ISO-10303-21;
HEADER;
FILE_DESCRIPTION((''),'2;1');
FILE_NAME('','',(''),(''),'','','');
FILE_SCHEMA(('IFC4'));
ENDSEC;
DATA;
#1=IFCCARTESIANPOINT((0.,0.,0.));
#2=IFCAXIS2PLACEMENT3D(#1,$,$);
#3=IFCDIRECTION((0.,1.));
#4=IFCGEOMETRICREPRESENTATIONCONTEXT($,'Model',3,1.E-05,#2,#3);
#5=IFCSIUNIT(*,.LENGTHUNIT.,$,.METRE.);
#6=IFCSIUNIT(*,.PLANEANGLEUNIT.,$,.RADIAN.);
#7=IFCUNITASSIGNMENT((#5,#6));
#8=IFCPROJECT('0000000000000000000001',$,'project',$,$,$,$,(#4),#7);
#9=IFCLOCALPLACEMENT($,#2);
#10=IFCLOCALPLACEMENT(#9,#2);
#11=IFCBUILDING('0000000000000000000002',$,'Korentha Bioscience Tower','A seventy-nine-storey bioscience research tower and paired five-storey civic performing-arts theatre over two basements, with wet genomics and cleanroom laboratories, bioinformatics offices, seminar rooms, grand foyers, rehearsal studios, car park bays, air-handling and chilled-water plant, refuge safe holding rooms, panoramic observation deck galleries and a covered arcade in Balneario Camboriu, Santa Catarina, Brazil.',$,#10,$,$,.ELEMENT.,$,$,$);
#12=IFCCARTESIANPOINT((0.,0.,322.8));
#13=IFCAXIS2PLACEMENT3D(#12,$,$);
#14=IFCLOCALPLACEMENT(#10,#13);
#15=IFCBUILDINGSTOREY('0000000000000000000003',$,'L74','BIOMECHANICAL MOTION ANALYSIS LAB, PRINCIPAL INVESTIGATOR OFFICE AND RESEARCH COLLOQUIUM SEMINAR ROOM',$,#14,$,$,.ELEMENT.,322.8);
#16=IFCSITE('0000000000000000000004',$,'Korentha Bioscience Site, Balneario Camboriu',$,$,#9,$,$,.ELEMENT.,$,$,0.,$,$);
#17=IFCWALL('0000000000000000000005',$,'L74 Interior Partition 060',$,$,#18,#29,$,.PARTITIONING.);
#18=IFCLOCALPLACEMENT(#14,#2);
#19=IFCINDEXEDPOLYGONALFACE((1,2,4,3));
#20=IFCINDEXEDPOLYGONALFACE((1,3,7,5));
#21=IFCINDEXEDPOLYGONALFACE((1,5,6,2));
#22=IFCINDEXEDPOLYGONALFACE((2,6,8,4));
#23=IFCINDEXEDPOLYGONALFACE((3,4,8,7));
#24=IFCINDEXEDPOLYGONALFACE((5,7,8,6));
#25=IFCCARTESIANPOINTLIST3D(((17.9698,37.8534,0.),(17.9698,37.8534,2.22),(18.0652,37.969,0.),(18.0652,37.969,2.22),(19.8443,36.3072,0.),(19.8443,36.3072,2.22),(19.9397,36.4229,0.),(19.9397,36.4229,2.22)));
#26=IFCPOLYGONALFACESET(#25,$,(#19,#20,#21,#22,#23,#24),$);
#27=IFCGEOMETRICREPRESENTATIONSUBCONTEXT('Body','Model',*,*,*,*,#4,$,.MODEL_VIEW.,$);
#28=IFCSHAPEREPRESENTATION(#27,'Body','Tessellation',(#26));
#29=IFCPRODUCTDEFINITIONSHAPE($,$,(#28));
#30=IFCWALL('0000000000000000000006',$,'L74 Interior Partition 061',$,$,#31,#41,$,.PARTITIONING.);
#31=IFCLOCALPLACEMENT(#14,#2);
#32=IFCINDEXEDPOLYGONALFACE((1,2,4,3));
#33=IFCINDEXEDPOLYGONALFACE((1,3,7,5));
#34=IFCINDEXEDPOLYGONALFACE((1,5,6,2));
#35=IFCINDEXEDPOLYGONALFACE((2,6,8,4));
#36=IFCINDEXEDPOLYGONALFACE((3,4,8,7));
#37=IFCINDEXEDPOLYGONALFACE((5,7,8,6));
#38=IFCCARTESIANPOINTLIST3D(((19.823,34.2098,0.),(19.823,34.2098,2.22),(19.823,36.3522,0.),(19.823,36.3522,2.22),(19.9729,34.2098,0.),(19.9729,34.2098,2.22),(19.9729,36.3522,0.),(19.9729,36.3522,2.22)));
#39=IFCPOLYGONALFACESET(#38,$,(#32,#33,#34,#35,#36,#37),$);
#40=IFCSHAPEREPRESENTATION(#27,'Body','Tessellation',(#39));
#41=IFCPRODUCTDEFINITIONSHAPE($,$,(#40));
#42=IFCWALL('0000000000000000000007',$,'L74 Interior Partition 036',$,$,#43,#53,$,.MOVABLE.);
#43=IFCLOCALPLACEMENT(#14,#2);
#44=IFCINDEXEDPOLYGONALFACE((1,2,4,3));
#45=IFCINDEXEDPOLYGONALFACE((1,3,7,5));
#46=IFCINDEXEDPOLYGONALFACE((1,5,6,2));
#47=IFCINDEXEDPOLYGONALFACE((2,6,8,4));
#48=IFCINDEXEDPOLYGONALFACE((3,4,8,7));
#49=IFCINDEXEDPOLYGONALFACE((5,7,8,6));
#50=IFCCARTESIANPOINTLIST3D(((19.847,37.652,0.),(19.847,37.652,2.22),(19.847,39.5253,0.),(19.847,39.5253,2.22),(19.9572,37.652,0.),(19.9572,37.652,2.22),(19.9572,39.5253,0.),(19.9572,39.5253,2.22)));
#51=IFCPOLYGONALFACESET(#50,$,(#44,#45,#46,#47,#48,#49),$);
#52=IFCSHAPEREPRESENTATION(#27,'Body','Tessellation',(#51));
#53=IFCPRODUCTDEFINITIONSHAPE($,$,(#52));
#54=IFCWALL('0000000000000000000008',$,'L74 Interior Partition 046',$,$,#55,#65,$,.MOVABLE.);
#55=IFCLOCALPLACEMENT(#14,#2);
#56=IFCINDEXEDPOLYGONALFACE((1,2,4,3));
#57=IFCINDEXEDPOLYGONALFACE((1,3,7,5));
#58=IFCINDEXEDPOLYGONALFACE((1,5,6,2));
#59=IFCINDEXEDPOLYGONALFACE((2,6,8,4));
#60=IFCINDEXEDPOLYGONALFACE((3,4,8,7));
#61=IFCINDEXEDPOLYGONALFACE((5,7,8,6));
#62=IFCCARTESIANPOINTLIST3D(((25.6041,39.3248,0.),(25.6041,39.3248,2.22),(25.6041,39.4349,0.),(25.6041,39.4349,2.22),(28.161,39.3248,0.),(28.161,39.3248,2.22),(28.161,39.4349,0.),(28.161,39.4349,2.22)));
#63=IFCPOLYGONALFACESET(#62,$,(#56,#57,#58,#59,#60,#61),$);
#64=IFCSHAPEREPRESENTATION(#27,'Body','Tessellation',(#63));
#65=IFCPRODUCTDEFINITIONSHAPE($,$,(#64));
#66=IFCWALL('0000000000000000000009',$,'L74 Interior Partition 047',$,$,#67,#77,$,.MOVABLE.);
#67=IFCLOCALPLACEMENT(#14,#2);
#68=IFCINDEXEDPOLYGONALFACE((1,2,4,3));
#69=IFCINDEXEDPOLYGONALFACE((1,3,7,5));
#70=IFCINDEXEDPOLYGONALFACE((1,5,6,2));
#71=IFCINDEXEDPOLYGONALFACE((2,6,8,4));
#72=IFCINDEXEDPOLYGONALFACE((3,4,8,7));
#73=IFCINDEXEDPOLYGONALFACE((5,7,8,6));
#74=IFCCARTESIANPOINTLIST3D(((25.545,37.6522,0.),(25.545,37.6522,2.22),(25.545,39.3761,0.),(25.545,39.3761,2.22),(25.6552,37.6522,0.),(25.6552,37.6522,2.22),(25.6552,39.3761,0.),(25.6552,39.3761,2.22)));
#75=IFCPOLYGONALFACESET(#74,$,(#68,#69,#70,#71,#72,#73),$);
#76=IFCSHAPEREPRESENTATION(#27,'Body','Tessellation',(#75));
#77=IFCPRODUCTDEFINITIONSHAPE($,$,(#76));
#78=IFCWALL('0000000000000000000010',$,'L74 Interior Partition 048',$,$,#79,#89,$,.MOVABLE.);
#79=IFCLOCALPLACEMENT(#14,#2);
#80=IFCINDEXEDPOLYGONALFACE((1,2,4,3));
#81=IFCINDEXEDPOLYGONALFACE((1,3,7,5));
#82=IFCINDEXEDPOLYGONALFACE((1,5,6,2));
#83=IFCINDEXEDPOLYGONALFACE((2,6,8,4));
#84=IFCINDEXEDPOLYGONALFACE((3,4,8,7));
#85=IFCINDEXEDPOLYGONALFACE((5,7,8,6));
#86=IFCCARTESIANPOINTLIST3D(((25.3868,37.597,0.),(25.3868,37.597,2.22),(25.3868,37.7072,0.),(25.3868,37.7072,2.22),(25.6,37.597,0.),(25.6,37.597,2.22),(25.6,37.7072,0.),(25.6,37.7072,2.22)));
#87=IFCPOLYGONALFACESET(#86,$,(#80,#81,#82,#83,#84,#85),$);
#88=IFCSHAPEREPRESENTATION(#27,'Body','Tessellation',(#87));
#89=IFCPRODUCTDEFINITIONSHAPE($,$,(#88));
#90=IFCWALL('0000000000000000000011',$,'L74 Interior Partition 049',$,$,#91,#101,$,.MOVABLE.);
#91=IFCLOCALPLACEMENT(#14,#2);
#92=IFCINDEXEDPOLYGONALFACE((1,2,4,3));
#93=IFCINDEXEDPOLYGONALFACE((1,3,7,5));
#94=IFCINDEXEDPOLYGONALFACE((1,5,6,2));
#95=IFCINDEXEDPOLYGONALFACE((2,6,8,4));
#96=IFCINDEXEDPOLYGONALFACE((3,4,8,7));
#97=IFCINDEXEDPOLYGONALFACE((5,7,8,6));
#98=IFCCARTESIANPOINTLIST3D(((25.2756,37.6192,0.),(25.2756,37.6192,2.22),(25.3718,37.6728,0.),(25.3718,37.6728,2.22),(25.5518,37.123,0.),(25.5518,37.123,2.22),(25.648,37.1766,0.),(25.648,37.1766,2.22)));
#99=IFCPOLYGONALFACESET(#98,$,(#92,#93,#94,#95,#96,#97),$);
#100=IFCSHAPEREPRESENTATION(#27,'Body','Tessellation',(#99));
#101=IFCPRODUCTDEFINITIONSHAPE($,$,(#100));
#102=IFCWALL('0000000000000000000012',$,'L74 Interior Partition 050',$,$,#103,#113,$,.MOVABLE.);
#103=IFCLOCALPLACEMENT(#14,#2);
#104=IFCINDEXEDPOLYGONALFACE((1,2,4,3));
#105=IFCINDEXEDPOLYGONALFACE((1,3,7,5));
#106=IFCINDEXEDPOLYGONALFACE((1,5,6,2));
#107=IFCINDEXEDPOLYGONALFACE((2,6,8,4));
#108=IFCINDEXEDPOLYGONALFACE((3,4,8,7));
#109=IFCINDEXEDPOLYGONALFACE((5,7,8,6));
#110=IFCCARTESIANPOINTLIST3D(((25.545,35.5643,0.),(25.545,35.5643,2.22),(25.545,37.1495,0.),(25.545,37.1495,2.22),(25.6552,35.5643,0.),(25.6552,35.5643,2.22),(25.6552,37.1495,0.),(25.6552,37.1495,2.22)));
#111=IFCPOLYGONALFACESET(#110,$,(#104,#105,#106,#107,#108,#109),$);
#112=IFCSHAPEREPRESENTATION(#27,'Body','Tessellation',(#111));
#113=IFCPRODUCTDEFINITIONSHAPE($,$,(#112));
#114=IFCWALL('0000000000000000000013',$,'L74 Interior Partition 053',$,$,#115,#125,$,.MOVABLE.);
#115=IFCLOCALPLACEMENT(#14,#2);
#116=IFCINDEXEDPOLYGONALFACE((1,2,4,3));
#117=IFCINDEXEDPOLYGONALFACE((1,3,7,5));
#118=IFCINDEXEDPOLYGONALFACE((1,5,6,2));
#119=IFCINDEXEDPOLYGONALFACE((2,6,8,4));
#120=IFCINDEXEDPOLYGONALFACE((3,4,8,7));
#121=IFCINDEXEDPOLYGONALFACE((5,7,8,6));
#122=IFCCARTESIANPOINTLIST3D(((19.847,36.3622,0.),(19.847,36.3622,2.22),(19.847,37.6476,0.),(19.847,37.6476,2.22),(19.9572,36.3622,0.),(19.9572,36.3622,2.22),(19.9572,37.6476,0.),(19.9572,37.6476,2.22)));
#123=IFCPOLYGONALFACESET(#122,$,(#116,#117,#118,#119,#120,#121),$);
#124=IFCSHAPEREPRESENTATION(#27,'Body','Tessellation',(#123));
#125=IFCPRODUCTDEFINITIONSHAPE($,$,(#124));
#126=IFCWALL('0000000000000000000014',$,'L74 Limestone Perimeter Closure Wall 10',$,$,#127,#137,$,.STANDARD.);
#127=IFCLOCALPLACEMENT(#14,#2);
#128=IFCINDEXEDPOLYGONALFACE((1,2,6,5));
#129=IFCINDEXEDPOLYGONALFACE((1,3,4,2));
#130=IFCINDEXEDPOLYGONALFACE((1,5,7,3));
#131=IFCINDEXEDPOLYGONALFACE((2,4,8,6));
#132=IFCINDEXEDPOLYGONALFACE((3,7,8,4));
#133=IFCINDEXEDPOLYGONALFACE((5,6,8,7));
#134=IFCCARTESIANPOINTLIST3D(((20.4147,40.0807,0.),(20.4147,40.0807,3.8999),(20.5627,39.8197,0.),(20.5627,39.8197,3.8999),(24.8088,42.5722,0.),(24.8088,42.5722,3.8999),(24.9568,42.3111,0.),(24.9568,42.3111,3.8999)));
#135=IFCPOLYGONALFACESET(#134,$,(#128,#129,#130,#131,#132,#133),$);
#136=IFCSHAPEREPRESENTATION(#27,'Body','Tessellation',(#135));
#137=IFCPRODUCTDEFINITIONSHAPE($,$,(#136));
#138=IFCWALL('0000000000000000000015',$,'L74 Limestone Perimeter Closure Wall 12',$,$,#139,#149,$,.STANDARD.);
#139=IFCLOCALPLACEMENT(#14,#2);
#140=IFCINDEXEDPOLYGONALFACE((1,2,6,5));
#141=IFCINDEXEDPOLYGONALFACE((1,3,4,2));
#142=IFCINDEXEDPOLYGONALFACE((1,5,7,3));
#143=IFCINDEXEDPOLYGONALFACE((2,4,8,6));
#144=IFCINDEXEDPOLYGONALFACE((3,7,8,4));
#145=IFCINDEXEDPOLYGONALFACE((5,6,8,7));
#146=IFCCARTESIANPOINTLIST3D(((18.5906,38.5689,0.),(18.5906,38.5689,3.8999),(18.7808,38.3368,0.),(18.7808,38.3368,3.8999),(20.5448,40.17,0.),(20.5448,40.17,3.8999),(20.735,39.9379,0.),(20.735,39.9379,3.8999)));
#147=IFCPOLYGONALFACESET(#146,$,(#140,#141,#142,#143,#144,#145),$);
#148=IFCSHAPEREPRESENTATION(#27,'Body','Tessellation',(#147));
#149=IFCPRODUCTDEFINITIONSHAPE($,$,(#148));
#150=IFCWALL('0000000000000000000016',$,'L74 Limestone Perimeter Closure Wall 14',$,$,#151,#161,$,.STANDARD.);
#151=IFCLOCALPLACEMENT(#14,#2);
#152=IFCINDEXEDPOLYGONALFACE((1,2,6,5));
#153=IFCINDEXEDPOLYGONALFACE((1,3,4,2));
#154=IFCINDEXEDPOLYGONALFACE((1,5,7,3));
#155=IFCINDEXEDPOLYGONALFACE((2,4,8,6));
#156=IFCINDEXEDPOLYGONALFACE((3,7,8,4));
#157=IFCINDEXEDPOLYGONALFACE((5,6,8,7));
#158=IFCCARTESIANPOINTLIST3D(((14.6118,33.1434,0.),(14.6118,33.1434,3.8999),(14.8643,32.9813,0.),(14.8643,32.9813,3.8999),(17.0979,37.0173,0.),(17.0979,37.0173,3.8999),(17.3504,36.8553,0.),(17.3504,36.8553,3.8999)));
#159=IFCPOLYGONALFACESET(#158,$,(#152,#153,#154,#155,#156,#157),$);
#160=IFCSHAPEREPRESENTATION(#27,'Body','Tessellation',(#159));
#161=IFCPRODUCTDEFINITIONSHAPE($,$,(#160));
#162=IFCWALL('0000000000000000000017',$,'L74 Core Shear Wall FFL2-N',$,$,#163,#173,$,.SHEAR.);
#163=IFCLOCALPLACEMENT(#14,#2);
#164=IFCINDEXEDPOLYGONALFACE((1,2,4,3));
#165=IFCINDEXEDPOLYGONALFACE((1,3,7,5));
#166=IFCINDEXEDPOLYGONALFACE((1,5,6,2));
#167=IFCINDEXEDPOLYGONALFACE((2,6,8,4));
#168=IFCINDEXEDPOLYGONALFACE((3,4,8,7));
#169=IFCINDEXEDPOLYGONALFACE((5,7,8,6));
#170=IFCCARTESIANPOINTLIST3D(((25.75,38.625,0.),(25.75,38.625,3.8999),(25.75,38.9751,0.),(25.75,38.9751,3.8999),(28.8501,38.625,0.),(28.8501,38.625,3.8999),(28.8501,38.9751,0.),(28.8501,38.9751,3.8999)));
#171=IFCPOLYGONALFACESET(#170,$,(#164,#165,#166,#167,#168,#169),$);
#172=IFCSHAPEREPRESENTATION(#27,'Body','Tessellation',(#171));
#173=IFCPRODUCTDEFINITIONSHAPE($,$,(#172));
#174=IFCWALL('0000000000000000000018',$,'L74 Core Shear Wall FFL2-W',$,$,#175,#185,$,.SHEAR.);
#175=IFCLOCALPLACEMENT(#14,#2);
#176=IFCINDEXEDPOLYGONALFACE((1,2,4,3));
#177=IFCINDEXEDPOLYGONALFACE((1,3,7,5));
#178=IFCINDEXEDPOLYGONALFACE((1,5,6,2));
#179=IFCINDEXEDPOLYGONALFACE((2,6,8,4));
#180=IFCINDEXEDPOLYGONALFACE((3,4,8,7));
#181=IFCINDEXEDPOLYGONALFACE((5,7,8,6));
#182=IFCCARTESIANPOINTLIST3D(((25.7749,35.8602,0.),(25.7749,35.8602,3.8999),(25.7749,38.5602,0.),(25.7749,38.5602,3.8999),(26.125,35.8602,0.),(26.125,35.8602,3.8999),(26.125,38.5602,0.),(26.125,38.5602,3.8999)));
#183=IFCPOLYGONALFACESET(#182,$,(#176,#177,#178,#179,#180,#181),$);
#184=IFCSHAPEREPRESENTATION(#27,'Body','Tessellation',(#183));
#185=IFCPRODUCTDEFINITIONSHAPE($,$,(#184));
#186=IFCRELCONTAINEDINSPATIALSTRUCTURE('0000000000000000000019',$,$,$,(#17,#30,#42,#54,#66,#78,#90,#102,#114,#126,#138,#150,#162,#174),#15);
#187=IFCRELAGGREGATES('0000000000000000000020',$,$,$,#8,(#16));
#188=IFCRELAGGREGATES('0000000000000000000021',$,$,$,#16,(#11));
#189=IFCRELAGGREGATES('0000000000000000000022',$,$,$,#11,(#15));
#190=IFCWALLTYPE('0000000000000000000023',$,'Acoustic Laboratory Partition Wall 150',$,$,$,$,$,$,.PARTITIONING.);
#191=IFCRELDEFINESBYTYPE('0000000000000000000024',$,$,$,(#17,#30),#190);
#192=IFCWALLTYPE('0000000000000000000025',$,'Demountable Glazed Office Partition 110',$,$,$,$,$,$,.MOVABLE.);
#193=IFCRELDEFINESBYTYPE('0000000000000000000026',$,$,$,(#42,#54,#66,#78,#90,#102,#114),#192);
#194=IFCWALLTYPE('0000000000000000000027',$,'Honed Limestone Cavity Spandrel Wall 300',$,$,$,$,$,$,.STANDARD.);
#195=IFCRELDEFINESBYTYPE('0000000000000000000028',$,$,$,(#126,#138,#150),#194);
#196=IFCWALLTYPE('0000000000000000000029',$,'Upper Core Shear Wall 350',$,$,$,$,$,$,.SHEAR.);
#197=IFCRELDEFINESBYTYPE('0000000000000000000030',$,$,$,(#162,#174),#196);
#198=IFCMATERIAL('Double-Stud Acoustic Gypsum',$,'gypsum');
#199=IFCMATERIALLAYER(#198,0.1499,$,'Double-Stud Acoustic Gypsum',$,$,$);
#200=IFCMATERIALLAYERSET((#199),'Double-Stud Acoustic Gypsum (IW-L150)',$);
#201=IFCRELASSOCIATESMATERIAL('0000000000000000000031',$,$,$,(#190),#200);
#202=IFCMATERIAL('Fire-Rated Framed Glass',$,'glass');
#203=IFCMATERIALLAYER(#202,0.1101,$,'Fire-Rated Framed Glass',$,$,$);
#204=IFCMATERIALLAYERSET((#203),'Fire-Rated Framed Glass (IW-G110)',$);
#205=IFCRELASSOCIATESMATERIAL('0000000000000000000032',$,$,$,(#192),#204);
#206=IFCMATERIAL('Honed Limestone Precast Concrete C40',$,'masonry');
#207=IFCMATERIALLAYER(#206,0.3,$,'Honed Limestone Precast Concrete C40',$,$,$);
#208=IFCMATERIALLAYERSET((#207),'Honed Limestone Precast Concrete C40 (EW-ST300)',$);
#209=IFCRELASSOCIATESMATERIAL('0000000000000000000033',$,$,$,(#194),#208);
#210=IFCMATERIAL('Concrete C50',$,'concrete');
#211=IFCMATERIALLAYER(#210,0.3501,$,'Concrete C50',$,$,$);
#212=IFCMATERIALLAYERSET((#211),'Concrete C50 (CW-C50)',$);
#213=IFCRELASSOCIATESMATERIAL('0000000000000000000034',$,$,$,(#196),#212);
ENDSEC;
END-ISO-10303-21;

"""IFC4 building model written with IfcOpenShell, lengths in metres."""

from ifc_helpers import new_model, si_unit, direction, frame, frame_2d, origin, place, context, subcontext, project, spatial, rectangle, extrude, material, layer, layer_set, type_object, element, save


model = new_model("IFC4")

# Units and contexts
model_context = context("Model", 3, precision=1e-05, world=origin(), true_north=direction((0.0, 1.0)))
body_context = subcontext(model_context, "Body", "Model", "MODEL_VIEW")
ifc_project = project(units=[si_unit("LENGTHUNIT", "METRE"), si_unit("PLANEANGLEUNIT", "RADIAN")], contexts=[model_context])

# Site, building, storey
site_placement = place(None, origin())
site = spatial("IfcSite", under=ifc_project, at=site_placement, Name="Korentha Bioscience Site, Balneario Camboriu", CompositionType="ELEMENT", RefElevation=0.0)
building_placement = place(site_placement, origin())
building = spatial("IfcBuilding", under=site, at=building_placement, Name="Korentha Bioscience Tower", Description="A seventy-nine-storey bioscience research tower and paired five-storey civic performing-arts theatre over two basements, with wet genomics and cleanroom laboratories, bioinformatics offices, seminar rooms, grand foyers, rehearsal studios, car park bays, air-handling and chilled-water plant, refuge safe holding rooms, panoramic observation deck galleries and a covered arcade in Balneario Camboriu, Santa Catarina, Brazil.", CompositionType="ELEMENT")
storey_placement = place(building_placement, frame((0.0, 0.0, 322.8)))
storey = spatial("IfcBuildingStorey", under=building, at=storey_placement, Name="L74", Description="BIOMECHANICAL MOTION ANALYSIS LAB, PRINCIPAL INVESTIGATOR OFFICE AND RESEARCH COLLOQUIUM SEMINAR ROOM", CompositionType="ELEMENT", Elevation=322.8)

# Shared definitions
ifc_material_1 = material(Name="Concrete C50", Category="concrete")

# Walls
ifc_material_2 = material(Name="Double-Stud Acoustic Gypsum", Category="gypsum")
ifc_layer_1 = layer(ifc_material_2, 0.1499, Name="Double-Stud Acoustic Gypsum")
ifc_layer_set_1 = layer_set([ifc_layer_1], Name="Double-Stud Acoustic Gypsum (IW-L150)")
wall_type_1 = type_object("IfcWallType", Name="Acoustic Laboratory Partition Wall 150", PredefinedType="PARTITIONING", material=ifc_layer_set_1)
wall_1_placement = place(storey_placement, frame((18.0176, 37.9111, 0.0), z_axis=(0.0, 0.0, 1.0), x_axis=(0.77144, -0.636302, 0.0)))
element("IfcWall", 1, at=wall_1_placement, inside=storey, type_object=wall_type_1, Name="L74 Interior Partition 060", PredefinedType="PARTITIONING", context=body_context, shape_type="SweptSolid", body=[
    extrude(rectangle(XDim=2.4299, YDim=0.1499, at=frame_2d((1.2148, 0.0))), origin(), (0.0, 0.0, 1.0), 2.22),
])
wall_2_placement = place(storey_placement, frame((19.8979, 36.3523, 0.0), z_axis=(0.0, 0.0, 1.0), x_axis=(0.0, -1.0, 0.0)))
element("IfcWall", 2, at=wall_2_placement, inside=storey, type_object=wall_type_1, Name="L74 Interior Partition 061", PredefinedType="PARTITIONING", context=body_context, shape_type="SweptSolid", body=[
    extrude(rectangle(XDim=2.1423, YDim=0.1499, at=frame_2d((1.0713, 0.0))), origin(), (0.0, 0.0, 1.0), 2.22),
])
ifc_material_3 = material(Name="Fire-Rated Framed Glass", Category="glass")
ifc_layer_2 = layer(ifc_material_3, 0.1101, Name="Fire-Rated Framed Glass")
ifc_layer_set_2 = layer_set([ifc_layer_2], Name="Fire-Rated Framed Glass (IW-G110)")
wall_type_2 = type_object("IfcWallType", Name="Demountable Glazed Office Partition 110", PredefinedType="MOVABLE", material=ifc_layer_set_2)
wall_3_placement = place(storey_placement, frame((19.9021, 37.6521, 0.0), z_axis=(0.0, 0.0, 1.0), x_axis=(0.0, 1.0, 0.0)))
element("IfcWall", 3, at=wall_3_placement, inside=storey, type_object=wall_type_2, Name="L74 Interior Partition 036", PredefinedType="MOVABLE", context=body_context, shape_type="SweptSolid", body=[
    extrude(rectangle(XDim=1.8733, YDim=0.1101, at=frame_2d((0.9365, 0.0))), origin(), (0.0, 0.0, 1.0), 2.22),
])
wall_4_placement = place(storey_placement, frame((28.1609, 39.3799, 0.0), z_axis=(0.0, 0.0, 1.0), x_axis=(-1.0, 0.0, 0.0)))
element("IfcWall", 4, at=wall_4_placement, inside=storey, type_object=wall_type_2, Name="L74 Interior Partition 046", PredefinedType="MOVABLE", context=body_context, shape_type="SweptSolid", body=[
    extrude(rectangle(XDim=2.5569, YDim=0.1101, at=frame_2d((1.2783, 0.0))), origin(), (0.0, 0.0, 1.0), 2.22),
])
wall_5_placement = place(storey_placement, frame((25.6001, 39.376, 0.0), z_axis=(0.0, 0.0, 1.0), x_axis=(0.0, -1.0, 0.0)))
element("IfcWall", 5, at=wall_5_placement, inside=storey, type_object=wall_type_2, Name="L74 Interior Partition 047", PredefinedType="MOVABLE", context=body_context, shape_type="SweptSolid", body=[
    extrude(rectangle(XDim=1.7239, YDim=0.1101, at=frame_2d((0.8618, 0.0))), origin(), (0.0, 0.0, 1.0), 2.22),
])
wall_6_placement = place(storey_placement, frame((25.5999, 37.6521, 0.0), z_axis=(0.0, 0.0, 1.0), x_axis=(-1.0, 0.0, 0.0)))
element("IfcWall", 6, at=wall_6_placement, inside=storey, type_object=wall_type_2, Name="L74 Interior Partition 048", PredefinedType="MOVABLE", context=body_context, shape_type="SweptSolid", body=[
    extrude(rectangle(XDim=0.2131, YDim=0.1101, at=frame_2d((0.1064, 0.0))), origin(), (0.0, 0.0, 1.0), 2.22),
])
wall_7_placement = place(storey_placement, frame((25.3237, 37.646, 0.0), z_axis=(0.0, 0.0, 1.0), x_axis=(0.486336, -0.873772, 0.0)))
element("IfcWall", 7, at=wall_7_placement, inside=storey, type_object=wall_type_2, Name="L74 Interior Partition 049", PredefinedType="MOVABLE", context=body_context, shape_type="SweptSolid", body=[
    extrude(rectangle(XDim=0.5679, YDim=0.1101, at=frame_2d((0.2839, 0.0))), origin(), (0.0, 0.0, 1.0), 2.22),
])
wall_8_placement = place(storey_placement, frame((25.6001, 37.1494, 0.0), z_axis=(0.0, 0.0, 1.0), x_axis=(0.0, -1.0, 0.0)))
element("IfcWall", 8, at=wall_8_placement, inside=storey, type_object=wall_type_2, Name="L74 Interior Partition 050", PredefinedType="MOVABLE", context=body_context, shape_type="SweptSolid", body=[
    extrude(rectangle(XDim=1.5852, YDim=0.1101, at=frame_2d((0.7925, 0.0))), origin(), (0.0, 0.0, 1.0), 2.22),
])
wall_9_placement = place(storey_placement, frame((19.9021, 36.3623, 0.0), z_axis=(0.0, 0.0, 1.0), x_axis=(0.0, 1.0, 0.0)))
element("IfcWall", 9, at=wall_9_placement, inside=storey, type_object=wall_type_2, Name="L74 Interior Partition 053", PredefinedType="MOVABLE", context=body_context, shape_type="SweptSolid", body=[
    extrude(rectangle(XDim=1.2854, YDim=0.1101, at=frame_2d((0.6426, 0.0))), origin(), (0.0, 0.0, 1.0), 2.22),
])
ifc_material_4 = material(Name="Honed Limestone Precast Concrete C40", Category="masonry")
ifc_layer_3 = layer(ifc_material_4, 0.3, Name="Honed Limestone Precast Concrete C40")
ifc_layer_set_3 = layer_set([ifc_layer_3], Name="Honed Limestone Precast Concrete C40 (EW-ST300)")
wall_type_3 = type_object("IfcWallType", Name="Honed Limestone Cavity Spandrel Wall 300", PredefinedType="STANDARD", material=ifc_layer_set_3)
wall_10_placement = place(storey_placement, frame((24.8828, 42.4417, 0.0), z_axis=(0.0, 0.0, 1.0), x_axis=(-0.869895, -0.493237, 0.0)))
element("IfcWall", 10, at=wall_10_placement, inside=storey, type_object=wall_type_3, Name="L74 Limestone Perimeter Closure Wall 10", PredefinedType="STANDARD", context=body_context, shape_type="SweptSolid", body=[
    extrude(rectangle(XDim=5.0513, YDim=0.3, at=frame_2d((2.5256, 0.0))), origin(), (0.0, 0.0, 1.0), 3.8999),
])
wall_11_placement = place(storey_placement, frame((20.6399, 40.054, 0.0), z_axis=(0.0, 0.0, 1.0), x_axis=(-0.773518, -0.633774, 0.0)))
element("IfcWall", 11, at=wall_11_placement, inside=storey, type_object=wall_type_3, Name="L74 Limestone Perimeter Closure Wall 12", PredefinedType="STANDARD", context=body_context, shape_type="SweptSolid", body=[
    extrude(rectangle(XDim=2.5264, YDim=0.3, at=frame_2d((1.2632, 0.0))), origin(), (0.0, 0.0, 1.0), 3.8999),
])
wall_12_placement = place(storey_placement, frame((17.2241, 36.9363, 0.0), z_axis=(0.0, 0.0, 1.0), x_axis=(-0.540087, -0.841609, 0.0)))
element("IfcWall", 12, at=wall_12_placement, inside=storey, type_object=wall_type_3, Name="L74 Limestone Perimeter Closure Wall 14", PredefinedType="STANDARD", context=body_context, shape_type="SweptSolid", body=[
    extrude(rectangle(XDim=4.603, YDim=0.3, at=frame_2d((2.3015, 0.0))), origin(), (0.0, 0.0, 1.0), 3.8999),
])
ifc_layer_4 = layer(ifc_material_1, 0.3501, Name="Concrete C50")
ifc_layer_set_4 = layer_set([ifc_layer_4], Name="Concrete C50 (CW-C50)")
wall_type_4 = type_object("IfcWallType", Name="Upper Core Shear Wall 350", PredefinedType="SHEAR", material=ifc_layer_set_4)
wall_13_placement = place(storey_placement, frame((25.75, 38.8, 0.0), z_axis=(0.0, 0.0, 1.0), x_axis=(1.0, 0.0, 0.0)))
element("IfcWall", 13, at=wall_13_placement, inside=storey, type_object=wall_type_4, Name="L74 Core Shear Wall FFL2-N", PredefinedType="SHEAR", context=body_context, shape_type="SweptSolid", body=[
    extrude(rectangle(XDim=3.1001, YDim=0.3501, at=frame_2d((1.55, 0.0))), origin(), (0.0, 0.0, 1.0), 3.8999),
])
wall_14_placement = place(storey_placement, frame((25.95, 35.8601, 0.0), z_axis=(0.0, 0.0, 1.0), x_axis=(0.0, 1.0, 0.0)))
element("IfcWall", 14, at=wall_14_placement, inside=storey, type_object=wall_type_4, Name="L74 Core Shear Wall FFL2-W", PredefinedType="SHEAR", context=body_context, shape_type="SweptSolid", body=[
    extrude(rectangle(XDim=2.7, YDim=0.3501, at=frame_2d((1.3501, 0.0))), origin(), (0.0, 0.0, 1.0), 3.8999),
])

save(model, "model.ifc")
